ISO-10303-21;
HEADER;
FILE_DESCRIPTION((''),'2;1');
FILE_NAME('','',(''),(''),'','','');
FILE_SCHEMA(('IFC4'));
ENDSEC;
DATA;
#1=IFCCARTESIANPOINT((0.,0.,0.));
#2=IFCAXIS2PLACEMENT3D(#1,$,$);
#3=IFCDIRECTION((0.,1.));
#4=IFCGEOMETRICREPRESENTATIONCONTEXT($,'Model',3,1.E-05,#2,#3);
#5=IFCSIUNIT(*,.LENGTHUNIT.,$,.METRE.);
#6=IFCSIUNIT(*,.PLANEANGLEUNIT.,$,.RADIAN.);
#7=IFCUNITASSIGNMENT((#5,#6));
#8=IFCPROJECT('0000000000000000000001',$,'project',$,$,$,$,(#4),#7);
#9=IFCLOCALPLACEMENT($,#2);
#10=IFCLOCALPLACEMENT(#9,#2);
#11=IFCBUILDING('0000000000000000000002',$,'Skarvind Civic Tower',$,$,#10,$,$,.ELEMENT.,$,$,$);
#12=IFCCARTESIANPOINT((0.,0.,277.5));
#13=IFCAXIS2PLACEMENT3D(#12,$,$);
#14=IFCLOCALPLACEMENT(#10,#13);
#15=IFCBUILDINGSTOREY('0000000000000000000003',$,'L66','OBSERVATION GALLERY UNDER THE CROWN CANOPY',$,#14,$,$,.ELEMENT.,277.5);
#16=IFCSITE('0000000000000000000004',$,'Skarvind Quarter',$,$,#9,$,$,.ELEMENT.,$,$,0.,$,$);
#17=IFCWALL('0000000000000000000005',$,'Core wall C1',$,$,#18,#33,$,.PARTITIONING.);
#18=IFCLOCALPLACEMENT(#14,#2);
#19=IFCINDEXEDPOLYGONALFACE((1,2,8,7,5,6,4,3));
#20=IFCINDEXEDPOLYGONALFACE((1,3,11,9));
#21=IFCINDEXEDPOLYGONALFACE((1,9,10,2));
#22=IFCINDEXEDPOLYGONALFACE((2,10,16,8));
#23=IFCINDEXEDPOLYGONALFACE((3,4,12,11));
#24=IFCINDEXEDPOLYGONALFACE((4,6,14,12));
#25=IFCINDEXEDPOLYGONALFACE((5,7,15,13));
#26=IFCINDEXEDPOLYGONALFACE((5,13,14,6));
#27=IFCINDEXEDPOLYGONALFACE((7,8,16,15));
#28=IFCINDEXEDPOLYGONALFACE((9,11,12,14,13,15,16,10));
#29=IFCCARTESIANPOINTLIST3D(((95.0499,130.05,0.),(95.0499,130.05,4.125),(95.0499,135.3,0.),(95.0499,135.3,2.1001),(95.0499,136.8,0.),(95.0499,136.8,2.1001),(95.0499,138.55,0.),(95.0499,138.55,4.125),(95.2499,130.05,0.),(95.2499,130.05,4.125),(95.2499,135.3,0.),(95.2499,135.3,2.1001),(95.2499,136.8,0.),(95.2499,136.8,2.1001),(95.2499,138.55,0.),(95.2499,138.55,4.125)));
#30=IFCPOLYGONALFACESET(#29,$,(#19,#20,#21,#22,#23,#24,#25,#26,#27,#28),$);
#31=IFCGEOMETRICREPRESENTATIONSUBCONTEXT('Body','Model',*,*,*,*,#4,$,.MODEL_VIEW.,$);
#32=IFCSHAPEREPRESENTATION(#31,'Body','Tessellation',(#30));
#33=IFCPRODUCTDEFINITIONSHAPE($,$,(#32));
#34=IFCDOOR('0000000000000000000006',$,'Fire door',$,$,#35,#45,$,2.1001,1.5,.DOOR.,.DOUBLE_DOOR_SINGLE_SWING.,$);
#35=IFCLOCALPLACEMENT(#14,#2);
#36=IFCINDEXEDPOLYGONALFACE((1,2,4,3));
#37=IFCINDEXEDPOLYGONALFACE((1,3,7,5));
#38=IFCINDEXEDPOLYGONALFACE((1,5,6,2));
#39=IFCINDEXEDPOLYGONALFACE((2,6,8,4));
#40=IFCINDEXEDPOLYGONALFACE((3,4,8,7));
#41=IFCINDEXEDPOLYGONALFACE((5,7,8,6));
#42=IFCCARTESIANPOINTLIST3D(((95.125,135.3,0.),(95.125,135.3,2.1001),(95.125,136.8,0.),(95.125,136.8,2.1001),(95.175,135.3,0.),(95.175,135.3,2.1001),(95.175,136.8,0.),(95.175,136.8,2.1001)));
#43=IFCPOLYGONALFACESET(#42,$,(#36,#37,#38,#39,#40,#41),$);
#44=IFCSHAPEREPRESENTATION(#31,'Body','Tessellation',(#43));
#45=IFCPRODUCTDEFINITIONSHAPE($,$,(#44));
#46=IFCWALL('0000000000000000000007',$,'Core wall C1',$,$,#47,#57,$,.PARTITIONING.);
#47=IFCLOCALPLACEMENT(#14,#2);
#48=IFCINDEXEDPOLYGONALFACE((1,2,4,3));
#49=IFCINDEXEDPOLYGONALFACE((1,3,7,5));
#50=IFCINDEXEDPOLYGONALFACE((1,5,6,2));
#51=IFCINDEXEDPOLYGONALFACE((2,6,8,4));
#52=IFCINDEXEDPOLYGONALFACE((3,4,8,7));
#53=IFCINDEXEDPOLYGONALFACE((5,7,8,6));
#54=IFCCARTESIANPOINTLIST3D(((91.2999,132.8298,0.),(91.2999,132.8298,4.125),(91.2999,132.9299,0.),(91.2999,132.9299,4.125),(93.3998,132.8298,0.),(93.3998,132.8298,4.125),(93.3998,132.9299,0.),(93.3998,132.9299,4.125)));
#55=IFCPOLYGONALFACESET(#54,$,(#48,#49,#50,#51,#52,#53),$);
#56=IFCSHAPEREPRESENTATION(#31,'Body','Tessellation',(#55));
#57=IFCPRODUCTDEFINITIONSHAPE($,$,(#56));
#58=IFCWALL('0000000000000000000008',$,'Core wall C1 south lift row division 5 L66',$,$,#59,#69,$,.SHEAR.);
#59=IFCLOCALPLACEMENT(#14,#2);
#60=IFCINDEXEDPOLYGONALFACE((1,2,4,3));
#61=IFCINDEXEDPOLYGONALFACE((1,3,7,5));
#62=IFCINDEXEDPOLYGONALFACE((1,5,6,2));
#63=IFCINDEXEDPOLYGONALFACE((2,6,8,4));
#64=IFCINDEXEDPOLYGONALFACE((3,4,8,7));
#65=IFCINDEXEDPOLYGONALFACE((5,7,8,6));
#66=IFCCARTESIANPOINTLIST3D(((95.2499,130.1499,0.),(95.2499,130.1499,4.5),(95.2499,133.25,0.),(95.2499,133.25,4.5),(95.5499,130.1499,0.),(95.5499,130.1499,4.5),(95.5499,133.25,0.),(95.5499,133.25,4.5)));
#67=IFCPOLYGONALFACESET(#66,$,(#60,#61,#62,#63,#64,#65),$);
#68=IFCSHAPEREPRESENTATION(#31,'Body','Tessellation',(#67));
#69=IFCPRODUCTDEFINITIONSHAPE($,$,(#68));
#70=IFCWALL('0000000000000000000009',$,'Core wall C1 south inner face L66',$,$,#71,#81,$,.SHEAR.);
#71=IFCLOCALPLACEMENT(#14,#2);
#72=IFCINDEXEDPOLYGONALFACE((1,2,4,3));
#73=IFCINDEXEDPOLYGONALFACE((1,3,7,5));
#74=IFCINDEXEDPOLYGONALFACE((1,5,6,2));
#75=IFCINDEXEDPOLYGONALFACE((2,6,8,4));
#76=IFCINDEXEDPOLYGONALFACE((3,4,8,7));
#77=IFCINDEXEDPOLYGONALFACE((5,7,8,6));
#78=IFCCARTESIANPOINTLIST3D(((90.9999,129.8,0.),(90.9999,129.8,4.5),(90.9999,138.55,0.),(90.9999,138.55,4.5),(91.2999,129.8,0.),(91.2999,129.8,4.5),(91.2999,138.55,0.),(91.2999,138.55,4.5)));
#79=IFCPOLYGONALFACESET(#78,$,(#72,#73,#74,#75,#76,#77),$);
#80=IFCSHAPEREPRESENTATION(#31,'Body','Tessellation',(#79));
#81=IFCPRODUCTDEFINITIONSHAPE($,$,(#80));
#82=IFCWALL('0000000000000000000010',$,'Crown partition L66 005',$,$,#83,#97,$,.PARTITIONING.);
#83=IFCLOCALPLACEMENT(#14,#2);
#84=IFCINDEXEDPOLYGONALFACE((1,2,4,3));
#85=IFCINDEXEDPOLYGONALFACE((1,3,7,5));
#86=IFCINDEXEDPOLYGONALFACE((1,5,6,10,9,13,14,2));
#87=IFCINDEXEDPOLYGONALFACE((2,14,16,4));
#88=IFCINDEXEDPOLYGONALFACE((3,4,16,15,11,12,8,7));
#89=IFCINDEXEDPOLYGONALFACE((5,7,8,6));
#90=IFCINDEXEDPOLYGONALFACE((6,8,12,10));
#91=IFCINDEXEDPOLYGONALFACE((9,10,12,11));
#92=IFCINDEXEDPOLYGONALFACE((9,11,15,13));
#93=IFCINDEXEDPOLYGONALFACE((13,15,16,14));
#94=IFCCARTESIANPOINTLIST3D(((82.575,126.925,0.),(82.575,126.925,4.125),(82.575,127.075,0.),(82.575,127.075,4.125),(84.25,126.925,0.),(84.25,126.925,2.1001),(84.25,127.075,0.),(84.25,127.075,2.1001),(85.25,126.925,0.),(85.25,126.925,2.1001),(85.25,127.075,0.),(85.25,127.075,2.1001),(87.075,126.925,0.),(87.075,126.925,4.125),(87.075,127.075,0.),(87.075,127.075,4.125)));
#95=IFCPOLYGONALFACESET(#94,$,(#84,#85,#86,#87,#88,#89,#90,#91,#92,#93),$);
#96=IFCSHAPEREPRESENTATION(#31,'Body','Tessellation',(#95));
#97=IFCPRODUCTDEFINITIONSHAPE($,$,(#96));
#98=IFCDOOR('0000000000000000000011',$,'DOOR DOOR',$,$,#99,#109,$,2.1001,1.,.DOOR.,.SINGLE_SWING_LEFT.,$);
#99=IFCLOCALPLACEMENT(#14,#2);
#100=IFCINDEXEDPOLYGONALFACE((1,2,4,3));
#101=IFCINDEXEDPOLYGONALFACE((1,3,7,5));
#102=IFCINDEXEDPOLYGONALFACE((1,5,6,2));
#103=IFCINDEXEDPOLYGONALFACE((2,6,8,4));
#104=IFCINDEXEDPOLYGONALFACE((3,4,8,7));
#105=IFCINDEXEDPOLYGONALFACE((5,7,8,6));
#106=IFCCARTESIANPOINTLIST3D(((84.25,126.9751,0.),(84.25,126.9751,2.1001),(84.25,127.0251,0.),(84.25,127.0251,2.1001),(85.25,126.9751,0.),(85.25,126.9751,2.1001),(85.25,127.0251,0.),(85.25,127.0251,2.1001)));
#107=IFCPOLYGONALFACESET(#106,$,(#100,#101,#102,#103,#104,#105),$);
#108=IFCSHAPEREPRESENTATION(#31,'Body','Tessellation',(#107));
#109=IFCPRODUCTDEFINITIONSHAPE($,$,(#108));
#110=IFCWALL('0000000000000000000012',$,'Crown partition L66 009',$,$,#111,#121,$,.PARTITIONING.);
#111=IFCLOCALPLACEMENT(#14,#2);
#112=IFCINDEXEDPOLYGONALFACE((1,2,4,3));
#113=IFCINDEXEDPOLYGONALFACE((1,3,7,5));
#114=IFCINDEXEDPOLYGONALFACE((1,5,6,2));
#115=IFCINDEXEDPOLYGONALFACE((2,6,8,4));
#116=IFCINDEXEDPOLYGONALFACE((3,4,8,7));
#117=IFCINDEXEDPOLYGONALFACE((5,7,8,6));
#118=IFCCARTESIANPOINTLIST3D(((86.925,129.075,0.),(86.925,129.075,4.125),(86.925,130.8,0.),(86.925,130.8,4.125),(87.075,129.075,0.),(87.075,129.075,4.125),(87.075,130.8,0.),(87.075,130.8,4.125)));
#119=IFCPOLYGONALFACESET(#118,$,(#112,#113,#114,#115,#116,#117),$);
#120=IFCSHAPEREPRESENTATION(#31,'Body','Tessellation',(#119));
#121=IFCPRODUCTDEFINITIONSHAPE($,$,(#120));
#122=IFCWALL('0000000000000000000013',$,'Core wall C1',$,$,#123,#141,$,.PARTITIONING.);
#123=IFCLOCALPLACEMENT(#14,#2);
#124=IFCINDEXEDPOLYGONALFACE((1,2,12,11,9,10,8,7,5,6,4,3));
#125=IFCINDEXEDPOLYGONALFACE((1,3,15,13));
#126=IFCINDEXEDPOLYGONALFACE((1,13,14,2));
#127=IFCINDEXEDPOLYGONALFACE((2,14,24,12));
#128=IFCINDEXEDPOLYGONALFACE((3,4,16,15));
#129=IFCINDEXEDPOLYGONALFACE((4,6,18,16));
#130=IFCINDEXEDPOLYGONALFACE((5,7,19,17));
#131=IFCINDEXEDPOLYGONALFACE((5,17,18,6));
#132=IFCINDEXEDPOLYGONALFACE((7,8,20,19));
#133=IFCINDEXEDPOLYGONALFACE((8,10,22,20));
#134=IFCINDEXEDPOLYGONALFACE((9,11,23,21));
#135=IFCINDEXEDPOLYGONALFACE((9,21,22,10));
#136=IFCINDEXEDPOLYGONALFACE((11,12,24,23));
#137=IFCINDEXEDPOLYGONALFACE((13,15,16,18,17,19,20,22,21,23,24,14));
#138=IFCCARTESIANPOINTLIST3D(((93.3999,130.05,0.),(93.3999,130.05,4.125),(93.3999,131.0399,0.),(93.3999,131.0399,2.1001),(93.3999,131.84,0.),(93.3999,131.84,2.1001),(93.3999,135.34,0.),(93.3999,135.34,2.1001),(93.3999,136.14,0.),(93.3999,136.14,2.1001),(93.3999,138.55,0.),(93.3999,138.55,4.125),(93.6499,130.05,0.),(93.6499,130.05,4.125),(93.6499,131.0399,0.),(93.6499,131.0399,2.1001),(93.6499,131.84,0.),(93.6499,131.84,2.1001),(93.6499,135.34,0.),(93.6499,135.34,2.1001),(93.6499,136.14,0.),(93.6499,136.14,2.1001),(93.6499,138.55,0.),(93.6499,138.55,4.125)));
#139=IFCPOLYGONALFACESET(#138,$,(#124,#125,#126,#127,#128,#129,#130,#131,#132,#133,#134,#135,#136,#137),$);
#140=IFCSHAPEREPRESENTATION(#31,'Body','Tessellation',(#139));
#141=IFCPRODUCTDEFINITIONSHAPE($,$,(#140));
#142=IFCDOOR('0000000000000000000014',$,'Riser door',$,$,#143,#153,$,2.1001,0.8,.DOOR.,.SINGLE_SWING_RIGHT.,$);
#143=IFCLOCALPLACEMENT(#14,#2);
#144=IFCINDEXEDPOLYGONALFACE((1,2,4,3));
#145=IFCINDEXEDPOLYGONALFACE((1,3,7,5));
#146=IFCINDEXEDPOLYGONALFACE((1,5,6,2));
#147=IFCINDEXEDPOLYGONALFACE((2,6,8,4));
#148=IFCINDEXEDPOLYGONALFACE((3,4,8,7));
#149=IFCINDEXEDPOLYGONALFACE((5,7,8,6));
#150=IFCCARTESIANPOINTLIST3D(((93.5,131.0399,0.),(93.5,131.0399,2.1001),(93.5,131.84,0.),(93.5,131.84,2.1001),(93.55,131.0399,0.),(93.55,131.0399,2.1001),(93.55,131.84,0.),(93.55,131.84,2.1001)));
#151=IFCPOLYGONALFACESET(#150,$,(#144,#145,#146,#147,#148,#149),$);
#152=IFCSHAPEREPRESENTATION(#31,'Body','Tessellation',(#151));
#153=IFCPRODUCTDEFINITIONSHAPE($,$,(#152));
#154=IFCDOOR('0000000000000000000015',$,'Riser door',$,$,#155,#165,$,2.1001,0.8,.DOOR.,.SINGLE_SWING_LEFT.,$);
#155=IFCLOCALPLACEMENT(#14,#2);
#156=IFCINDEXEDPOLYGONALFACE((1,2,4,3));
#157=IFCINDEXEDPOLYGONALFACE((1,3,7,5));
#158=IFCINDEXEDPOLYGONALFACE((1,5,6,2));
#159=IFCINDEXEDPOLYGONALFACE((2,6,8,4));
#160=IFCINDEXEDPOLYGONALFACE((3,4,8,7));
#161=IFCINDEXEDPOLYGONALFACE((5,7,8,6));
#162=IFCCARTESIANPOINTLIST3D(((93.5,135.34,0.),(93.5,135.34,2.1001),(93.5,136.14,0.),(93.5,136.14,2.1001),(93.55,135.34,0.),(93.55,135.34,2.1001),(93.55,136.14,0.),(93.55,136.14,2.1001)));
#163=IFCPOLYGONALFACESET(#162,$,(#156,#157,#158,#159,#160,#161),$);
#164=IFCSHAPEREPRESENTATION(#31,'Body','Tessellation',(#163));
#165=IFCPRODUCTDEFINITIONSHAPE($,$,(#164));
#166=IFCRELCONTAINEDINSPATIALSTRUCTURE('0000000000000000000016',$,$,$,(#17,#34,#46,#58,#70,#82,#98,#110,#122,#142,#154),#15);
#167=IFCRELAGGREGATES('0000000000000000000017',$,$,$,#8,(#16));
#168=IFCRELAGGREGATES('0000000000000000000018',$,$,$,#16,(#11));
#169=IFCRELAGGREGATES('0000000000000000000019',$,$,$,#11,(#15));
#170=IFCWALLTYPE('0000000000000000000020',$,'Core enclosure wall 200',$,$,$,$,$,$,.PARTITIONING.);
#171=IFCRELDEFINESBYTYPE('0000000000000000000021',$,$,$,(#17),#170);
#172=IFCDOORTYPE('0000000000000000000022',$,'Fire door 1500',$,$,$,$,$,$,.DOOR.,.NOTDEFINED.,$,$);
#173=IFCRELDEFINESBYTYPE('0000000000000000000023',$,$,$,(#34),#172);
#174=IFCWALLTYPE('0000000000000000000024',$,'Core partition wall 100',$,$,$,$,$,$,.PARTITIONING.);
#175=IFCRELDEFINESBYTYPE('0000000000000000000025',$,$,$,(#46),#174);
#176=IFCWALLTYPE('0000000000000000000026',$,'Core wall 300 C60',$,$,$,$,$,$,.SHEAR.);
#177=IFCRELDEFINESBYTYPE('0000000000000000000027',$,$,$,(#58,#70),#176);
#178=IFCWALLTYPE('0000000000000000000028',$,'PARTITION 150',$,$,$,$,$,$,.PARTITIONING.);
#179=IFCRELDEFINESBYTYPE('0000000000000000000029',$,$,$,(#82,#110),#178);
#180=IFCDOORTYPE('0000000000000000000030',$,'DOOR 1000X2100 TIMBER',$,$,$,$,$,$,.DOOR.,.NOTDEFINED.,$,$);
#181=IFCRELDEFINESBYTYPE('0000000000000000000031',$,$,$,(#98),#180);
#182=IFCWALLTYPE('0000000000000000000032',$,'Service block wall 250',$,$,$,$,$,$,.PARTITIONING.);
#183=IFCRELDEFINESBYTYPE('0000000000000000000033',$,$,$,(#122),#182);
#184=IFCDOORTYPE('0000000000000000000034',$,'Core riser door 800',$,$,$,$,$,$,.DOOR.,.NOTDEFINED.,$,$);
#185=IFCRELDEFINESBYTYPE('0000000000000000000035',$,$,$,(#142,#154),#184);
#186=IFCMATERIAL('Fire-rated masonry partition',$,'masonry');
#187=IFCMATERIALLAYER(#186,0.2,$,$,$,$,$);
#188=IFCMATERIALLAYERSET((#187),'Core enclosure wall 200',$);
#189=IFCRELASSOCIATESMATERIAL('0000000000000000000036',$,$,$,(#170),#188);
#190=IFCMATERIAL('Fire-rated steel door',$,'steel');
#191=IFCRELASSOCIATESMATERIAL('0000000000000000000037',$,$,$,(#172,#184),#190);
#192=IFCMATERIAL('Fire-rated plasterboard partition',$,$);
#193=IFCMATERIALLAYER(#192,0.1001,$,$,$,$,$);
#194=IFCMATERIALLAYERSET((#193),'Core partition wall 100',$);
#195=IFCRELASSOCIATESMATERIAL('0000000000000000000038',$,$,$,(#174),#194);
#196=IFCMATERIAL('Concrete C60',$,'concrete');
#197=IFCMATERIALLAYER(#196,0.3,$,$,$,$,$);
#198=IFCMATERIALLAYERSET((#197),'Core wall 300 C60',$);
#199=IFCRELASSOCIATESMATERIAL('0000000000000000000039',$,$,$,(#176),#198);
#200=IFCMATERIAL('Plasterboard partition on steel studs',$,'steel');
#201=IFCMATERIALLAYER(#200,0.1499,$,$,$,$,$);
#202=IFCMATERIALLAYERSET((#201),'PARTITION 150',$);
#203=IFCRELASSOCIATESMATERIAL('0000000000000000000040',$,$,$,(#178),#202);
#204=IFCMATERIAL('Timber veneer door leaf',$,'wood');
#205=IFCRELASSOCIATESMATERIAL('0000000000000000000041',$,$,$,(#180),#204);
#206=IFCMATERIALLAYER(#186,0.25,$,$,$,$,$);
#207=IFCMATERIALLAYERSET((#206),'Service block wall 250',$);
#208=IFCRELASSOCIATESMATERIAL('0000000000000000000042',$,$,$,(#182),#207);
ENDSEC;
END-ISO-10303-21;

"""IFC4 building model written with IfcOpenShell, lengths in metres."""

from ifc_helpers import new_model, si_unit, direction, frame, frame_2d, origin, place, context, subcontext, project, spatial, rectangle, extrude, material, layer, layer_set, type_object, element, fill, save


model = new_model("IFC4")

# Units and contexts
model_context = context("Model", 3, precision=1e-05, world=origin(), true_north=direction((0.0, 1.0)))
body_context = subcontext(model_context, "Body", "Model", "MODEL_VIEW")
ifc_project = project(units=[si_unit("LENGTHUNIT", "METRE"), si_unit("PLANEANGLEUNIT", "RADIAN")], contexts=[model_context])

# Site, building, storey
site_placement = place(None, origin())
site = spatial("IfcSite", under=ifc_project, at=site_placement, Name="Skarvind Quarter", CompositionType="ELEMENT", RefElevation=0.0)
building_placement = place(site_placement, origin())
building = spatial("IfcBuilding", under=site, at=building_placement, Name="Skarvind Civic Tower", CompositionType="ELEMENT")
storey_placement = place(building_placement, frame((0.0, 0.0, 277.5)))
storey = spatial("IfcBuildingStorey", under=building, at=storey_placement, Name="L66", Description="OBSERVATION GALLERY UNDER THE CROWN CANOPY", CompositionType="ELEMENT", Elevation=277.5)

# Shared definitions
ifc_material_1 = material(Name="Concrete C60", Category="concrete")

# Wall, opening, door
ifc_material_2 = material(Name="Fire-rated masonry partition", Category="masonry")
ifc_layer_1 = layer(ifc_material_2, 0.2)
ifc_layer_set_1 = layer_set([ifc_layer_1], Name="Core enclosure wall 200")
wall_type_1 = type_object("IfcWallType", Name="Core enclosure wall 200", PredefinedType="PARTITIONING", material=ifc_layer_set_1)
ifc_material_3 = material(Name="Fire-rated steel door", Category="steel")
wall_1_placement = place(storey_placement, frame((95.1499, 130.05, 0.0), z_axis=(0.0, 0.0, 1.0), x_axis=(0.0, 1.0, 0.0)))
wall_1 = element("IfcWall", 1, at=wall_1_placement, inside=storey, type_object=wall_type_1, Name="Core wall C1", PredefinedType="PARTITIONING", context=body_context, shape_type="SweptSolid", body=[
    extrude(rectangle(XDim=8.5, YDim=0.2, at=frame_2d((4.25, 0.0))), origin(), (0.0, 0.0, 1.0), 4.125),
])
opening_1_placement = place(wall_1_placement, frame((5.25, 0.0, 0.0)))
opening_1 = element("IfcOpeningElement", 2, at=opening_1_placement, cuts=wall_1, PredefinedType="OPENING", context=body_context, shape_type="SweptSolid", body=[
    extrude(rectangle(XDim=1.5, YDim=2.1001, at=frame_2d((0.75, 1.05))), frame((0.0, 0.1099, 0.0), z_axis=(0.0, -1.0, 0.0), x_axis=(1.0, 0.0, 0.0)), (0.0, 0.0, 1.0), 0.22),
])
door_type_1 = type_object("IfcDoorType", Name="Fire door 1500", OperationType="NOTDEFINED", PredefinedType="DOOR", material=ifc_material_3)
door_1_placement = place(opening_1_placement, origin())
door_1 = element("IfcDoor", 3, at=door_1_placement, inside=storey, type_object=door_type_1, Name="Fire door", OperationType="DOUBLE_DOOR_SINGLE_SWING", OverallHeight=2.1001, OverallWidth=1.5, PredefinedType="DOOR", context=body_context, shape_type="SweptSolid", body=[
    extrude(rectangle(XDim=1.5, YDim=2.1001, at=frame_2d((0.75, 1.05))), frame((0.0, 0.0249, 0.0), z_axis=(0.0, -1.0, 0.0), x_axis=(1.0, 0.0, 0.0)), (0.0, 0.0, 1.0), 0.05),
])
fill(opening_1, door_1)

# Walls
ifc_material_4 = material(Name="Fire-rated plasterboard partition")
ifc_layer_2 = layer(ifc_material_4, 0.1001)
ifc_layer_set_2 = layer_set([ifc_layer_2], Name="Core partition wall 100")
wall_type_2 = type_object("IfcWallType", Name="Core partition wall 100", PredefinedType="PARTITIONING", material=ifc_layer_set_2)
wall_2_placement = place(storey_placement, frame((91.3, 132.8799, 0.0), z_axis=(0.0, 0.0, 1.0), x_axis=(1.0, 0.0, 0.0)))
element("IfcWall", 4, at=wall_2_placement, inside=storey, type_object=wall_type_2, Name="Core wall C1", PredefinedType="PARTITIONING", context=body_context, shape_type="SweptSolid", body=[
    extrude(rectangle(XDim=2.0999, YDim=0.1001, at=frame_2d((1.0498, 0.0))), origin(), (0.0, 0.0, 1.0), 4.125),
])
ifc_layer_3 = layer(ifc_material_1, 0.3)
ifc_layer_set_3 = layer_set([ifc_layer_3], Name="Core wall 300 C60")
wall_type_3 = type_object("IfcWallType", Name="Core wall 300 C60", PredefinedType="SHEAR", material=ifc_layer_set_3)
wall_3_placement = place(storey_placement, frame((95.3999, 133.25, 0.0), z_axis=(0.0, 0.0, 1.0), x_axis=(0.0, -1.0, 0.0)))
element("IfcWall", 5, at=wall_3_placement, inside=storey, type_object=wall_type_3, Name="Core wall C1 south lift row division 5 L66", PredefinedType="SHEAR", context=body_context, shape_type="SweptSolid", body=[
    extrude(rectangle(XDim=3.1001, YDim=0.3, at=frame_2d((1.55, 0.0))), origin(), (0.0, 0.0, 1.0), 4.5),
])
wall_4_placement = place(storey_placement, frame((91.1499, 138.55, 0.0), z_axis=(0.0, 0.0, 1.0), x_axis=(0.0, -1.0, 0.0)))
element("IfcWall", 6, at=wall_4_placement, inside=storey, type_object=wall_type_3, Name="Core wall C1 south inner face L66", PredefinedType="SHEAR", context=body_context, shape_type="SweptSolid", body=[
    extrude(rectangle(XDim=8.75, YDim=0.3, at=frame_2d((4.375, 0.0))), origin(), (0.0, 0.0, 1.0), 4.5),
])

# Wall, opening, door
ifc_material_5 = material(Name="Plasterboard partition on steel studs", Category="steel")
ifc_layer_4 = layer(ifc_material_5, 0.1499)
ifc_layer_set_4 = layer_set([ifc_layer_4], Name="PARTITION 150")
wall_type_4 = type_object("IfcWallType", Name="PARTITION 150", PredefinedType="PARTITIONING", material=ifc_layer_set_4)
wall_5_placement = place(storey_placement, frame((87.075, 127.0, 0.0), z_axis=(0.0, 0.0, 1.0), x_axis=(-1.0, 0.0, 0.0)))
wall_5 = element("IfcWall", 7, at=wall_5_placement, inside=storey, type_object=wall_type_4, Name="Crown partition L66 005", PredefinedType="PARTITIONING", context=body_context, shape_type="SweptSolid", body=[
    extrude(rectangle(XDim=4.5, YDim=0.1499, at=frame_2d((2.25, 0.0))), origin(), (0.0, 0.0, 1.0), 4.125),
])
opening_2_placement = place(wall_5_placement, frame((1.825, 0.0, 0.0)))
opening_2 = element("IfcOpeningElement", 8, at=opening_2_placement, cuts=wall_5, PredefinedType="OPENING", context=body_context, shape_type="SweptSolid", body=[
    extrude(rectangle(XDim=1.0, YDim=2.1001, at=frame_2d((0.5, 1.05))), frame((0.0, 0.085, 0.0), z_axis=(0.0, -1.0, 0.0), x_axis=(1.0, 0.0, 0.0)), (0.0, 0.0, 1.0), 0.1699),
])
ifc_material_6 = material(Name="Timber veneer door leaf", Category="wood")
door_type_2 = type_object("IfcDoorType", Name="DOOR 1000X2100 TIMBER", OperationType="NOTDEFINED", PredefinedType="DOOR", material=ifc_material_6)
door_2_placement = place(opening_2_placement, origin())
door_2 = element("IfcDoor", 9, at=door_2_placement, inside=storey, type_object=door_type_2, Name="DOOR DOOR", OperationType="SINGLE_SWING_LEFT", OverallHeight=2.1001, OverallWidth=1.0, PredefinedType="DOOR", context=body_context, shape_type="SweptSolid", body=[
    extrude(rectangle(XDim=1.0, YDim=2.1001, at=frame_2d((0.5, 1.05))), frame((0.0, 0.0249, 0.0), z_axis=(0.0, -1.0, 0.0), x_axis=(1.0, 0.0, 0.0)), (0.0, 0.0, 1.0), 0.05),
])
fill(opening_2, door_2)

# Wall
wall_6_placement = place(storey_placement, frame((87.0, 129.075, 0.0), z_axis=(0.0, 0.0, 1.0), x_axis=(0.0, 1.0, 0.0)))
element("IfcWall", 10, at=wall_6_placement, inside=storey, type_object=wall_type_4, Name="Crown partition L66 009", PredefinedType="PARTITIONING", context=body_context, shape_type="SweptSolid", body=[
    extrude(rectangle(XDim=1.7251, YDim=0.1499, at=frame_2d((0.8625, 0.0))), origin(), (0.0, 0.0, 1.0), 4.125),
])

# Wall, openings, doors
ifc_layer_5 = layer(ifc_material_2, 0.25)
ifc_layer_set_5 = layer_set([ifc_layer_5], Name="Service block wall 250")
wall_type_5 = type_object("IfcWallType", Name="Service block wall 250", PredefinedType="PARTITIONING", material=ifc_layer_set_5)
wall_7_placement = place(storey_placement, frame((93.5249, 130.05, 0.0), z_axis=(0.0, 0.0, 1.0), x_axis=(0.0, 1.0, 0.0)))
wall_7 = element("IfcWall", 11, at=wall_7_placement, inside=storey, type_object=wall_type_5, Name="Core wall C1", PredefinedType="PARTITIONING", context=body_context, shape_type="SweptSolid", body=[
    extrude(rectangle(XDim=8.5, YDim=0.25, at=frame_2d((4.25, 0.0))), origin(), (0.0, 0.0, 1.0), 4.125),
])
opening_3_placement = place(wall_7_placement, frame((0.99, 0.0, 0.0)))
opening_3 = element("IfcOpeningElement", 12, at=opening_3_placement, cuts=wall_7, PredefinedType="OPENING", context=body_context, shape_type="SweptSolid", body=[
    extrude(rectangle(XDim=0.8, YDim=2.1001, at=frame_2d((0.3999, 1.05))), frame((0.0, 0.135, 0.0), z_axis=(0.0, -1.0, 0.0), x_axis=(1.0, 0.0, 0.0)), (0.0, 0.0, 1.0), 0.27),
])
opening_4_placement = place(wall_7_placement, frame((5.29, 0.0, 0.0)))
opening_4 = element("IfcOpeningElement", 13, at=opening_4_placement, cuts=wall_7, PredefinedType="OPENING", context=body_context, shape_type="SweptSolid", body=[
    extrude(rectangle(XDim=0.8, YDim=2.1001, at=frame_2d((0.3999, 1.05))), frame((0.0, 0.135, 0.0), z_axis=(0.0, -1.0, 0.0), x_axis=(1.0, 0.0, 0.0)), (0.0, 0.0, 1.0), 0.27),
])
door_type_3 = type_object("IfcDoorType", Name="Core riser door 800", OperationType="NOTDEFINED", PredefinedType="DOOR", material=ifc_material_3)
door_3_placement = place(opening_3_placement, origin())
door_3 = element("IfcDoor", 14, at=door_3_placement, inside=storey, type_object=door_type_3, Name="Riser door", OperationType="SINGLE_SWING_RIGHT", OverallHeight=2.1001, OverallWidth=0.8, PredefinedType="DOOR", context=body_context, shape_type="SweptSolid", body=[
    extrude(rectangle(XDim=0.8, YDim=2.1001, at=frame_2d((0.3999, 1.05))), frame((0.0, 0.0249, 0.0), z_axis=(0.0, -1.0, 0.0), x_axis=(1.0, 0.0, 0.0)), (0.0, 0.0, 1.0), 0.05),
])
fill(opening_3, door_3)
door_4_placement = place(opening_4_placement, origin())
door_4 = element("IfcDoor", 15, at=door_4_placement, inside=storey, type_object=door_type_3, Name="Riser door", OperationType="SINGLE_SWING_LEFT", OverallHeight=2.1001, OverallWidth=0.8, PredefinedType="DOOR", context=body_context, shape_type="SweptSolid", body=[
    extrude(rectangle(XDim=0.8, YDim=2.1001, at=frame_2d((0.3999, 1.05))), frame((0.0, 0.0249, 0.0), z_axis=(0.0, -1.0, 0.0), x_axis=(1.0, 0.0, 0.0)), (0.0, 0.0, 1.0), 0.05),
])
fill(opening_4, door_4)

save(model, "model.ifc")
